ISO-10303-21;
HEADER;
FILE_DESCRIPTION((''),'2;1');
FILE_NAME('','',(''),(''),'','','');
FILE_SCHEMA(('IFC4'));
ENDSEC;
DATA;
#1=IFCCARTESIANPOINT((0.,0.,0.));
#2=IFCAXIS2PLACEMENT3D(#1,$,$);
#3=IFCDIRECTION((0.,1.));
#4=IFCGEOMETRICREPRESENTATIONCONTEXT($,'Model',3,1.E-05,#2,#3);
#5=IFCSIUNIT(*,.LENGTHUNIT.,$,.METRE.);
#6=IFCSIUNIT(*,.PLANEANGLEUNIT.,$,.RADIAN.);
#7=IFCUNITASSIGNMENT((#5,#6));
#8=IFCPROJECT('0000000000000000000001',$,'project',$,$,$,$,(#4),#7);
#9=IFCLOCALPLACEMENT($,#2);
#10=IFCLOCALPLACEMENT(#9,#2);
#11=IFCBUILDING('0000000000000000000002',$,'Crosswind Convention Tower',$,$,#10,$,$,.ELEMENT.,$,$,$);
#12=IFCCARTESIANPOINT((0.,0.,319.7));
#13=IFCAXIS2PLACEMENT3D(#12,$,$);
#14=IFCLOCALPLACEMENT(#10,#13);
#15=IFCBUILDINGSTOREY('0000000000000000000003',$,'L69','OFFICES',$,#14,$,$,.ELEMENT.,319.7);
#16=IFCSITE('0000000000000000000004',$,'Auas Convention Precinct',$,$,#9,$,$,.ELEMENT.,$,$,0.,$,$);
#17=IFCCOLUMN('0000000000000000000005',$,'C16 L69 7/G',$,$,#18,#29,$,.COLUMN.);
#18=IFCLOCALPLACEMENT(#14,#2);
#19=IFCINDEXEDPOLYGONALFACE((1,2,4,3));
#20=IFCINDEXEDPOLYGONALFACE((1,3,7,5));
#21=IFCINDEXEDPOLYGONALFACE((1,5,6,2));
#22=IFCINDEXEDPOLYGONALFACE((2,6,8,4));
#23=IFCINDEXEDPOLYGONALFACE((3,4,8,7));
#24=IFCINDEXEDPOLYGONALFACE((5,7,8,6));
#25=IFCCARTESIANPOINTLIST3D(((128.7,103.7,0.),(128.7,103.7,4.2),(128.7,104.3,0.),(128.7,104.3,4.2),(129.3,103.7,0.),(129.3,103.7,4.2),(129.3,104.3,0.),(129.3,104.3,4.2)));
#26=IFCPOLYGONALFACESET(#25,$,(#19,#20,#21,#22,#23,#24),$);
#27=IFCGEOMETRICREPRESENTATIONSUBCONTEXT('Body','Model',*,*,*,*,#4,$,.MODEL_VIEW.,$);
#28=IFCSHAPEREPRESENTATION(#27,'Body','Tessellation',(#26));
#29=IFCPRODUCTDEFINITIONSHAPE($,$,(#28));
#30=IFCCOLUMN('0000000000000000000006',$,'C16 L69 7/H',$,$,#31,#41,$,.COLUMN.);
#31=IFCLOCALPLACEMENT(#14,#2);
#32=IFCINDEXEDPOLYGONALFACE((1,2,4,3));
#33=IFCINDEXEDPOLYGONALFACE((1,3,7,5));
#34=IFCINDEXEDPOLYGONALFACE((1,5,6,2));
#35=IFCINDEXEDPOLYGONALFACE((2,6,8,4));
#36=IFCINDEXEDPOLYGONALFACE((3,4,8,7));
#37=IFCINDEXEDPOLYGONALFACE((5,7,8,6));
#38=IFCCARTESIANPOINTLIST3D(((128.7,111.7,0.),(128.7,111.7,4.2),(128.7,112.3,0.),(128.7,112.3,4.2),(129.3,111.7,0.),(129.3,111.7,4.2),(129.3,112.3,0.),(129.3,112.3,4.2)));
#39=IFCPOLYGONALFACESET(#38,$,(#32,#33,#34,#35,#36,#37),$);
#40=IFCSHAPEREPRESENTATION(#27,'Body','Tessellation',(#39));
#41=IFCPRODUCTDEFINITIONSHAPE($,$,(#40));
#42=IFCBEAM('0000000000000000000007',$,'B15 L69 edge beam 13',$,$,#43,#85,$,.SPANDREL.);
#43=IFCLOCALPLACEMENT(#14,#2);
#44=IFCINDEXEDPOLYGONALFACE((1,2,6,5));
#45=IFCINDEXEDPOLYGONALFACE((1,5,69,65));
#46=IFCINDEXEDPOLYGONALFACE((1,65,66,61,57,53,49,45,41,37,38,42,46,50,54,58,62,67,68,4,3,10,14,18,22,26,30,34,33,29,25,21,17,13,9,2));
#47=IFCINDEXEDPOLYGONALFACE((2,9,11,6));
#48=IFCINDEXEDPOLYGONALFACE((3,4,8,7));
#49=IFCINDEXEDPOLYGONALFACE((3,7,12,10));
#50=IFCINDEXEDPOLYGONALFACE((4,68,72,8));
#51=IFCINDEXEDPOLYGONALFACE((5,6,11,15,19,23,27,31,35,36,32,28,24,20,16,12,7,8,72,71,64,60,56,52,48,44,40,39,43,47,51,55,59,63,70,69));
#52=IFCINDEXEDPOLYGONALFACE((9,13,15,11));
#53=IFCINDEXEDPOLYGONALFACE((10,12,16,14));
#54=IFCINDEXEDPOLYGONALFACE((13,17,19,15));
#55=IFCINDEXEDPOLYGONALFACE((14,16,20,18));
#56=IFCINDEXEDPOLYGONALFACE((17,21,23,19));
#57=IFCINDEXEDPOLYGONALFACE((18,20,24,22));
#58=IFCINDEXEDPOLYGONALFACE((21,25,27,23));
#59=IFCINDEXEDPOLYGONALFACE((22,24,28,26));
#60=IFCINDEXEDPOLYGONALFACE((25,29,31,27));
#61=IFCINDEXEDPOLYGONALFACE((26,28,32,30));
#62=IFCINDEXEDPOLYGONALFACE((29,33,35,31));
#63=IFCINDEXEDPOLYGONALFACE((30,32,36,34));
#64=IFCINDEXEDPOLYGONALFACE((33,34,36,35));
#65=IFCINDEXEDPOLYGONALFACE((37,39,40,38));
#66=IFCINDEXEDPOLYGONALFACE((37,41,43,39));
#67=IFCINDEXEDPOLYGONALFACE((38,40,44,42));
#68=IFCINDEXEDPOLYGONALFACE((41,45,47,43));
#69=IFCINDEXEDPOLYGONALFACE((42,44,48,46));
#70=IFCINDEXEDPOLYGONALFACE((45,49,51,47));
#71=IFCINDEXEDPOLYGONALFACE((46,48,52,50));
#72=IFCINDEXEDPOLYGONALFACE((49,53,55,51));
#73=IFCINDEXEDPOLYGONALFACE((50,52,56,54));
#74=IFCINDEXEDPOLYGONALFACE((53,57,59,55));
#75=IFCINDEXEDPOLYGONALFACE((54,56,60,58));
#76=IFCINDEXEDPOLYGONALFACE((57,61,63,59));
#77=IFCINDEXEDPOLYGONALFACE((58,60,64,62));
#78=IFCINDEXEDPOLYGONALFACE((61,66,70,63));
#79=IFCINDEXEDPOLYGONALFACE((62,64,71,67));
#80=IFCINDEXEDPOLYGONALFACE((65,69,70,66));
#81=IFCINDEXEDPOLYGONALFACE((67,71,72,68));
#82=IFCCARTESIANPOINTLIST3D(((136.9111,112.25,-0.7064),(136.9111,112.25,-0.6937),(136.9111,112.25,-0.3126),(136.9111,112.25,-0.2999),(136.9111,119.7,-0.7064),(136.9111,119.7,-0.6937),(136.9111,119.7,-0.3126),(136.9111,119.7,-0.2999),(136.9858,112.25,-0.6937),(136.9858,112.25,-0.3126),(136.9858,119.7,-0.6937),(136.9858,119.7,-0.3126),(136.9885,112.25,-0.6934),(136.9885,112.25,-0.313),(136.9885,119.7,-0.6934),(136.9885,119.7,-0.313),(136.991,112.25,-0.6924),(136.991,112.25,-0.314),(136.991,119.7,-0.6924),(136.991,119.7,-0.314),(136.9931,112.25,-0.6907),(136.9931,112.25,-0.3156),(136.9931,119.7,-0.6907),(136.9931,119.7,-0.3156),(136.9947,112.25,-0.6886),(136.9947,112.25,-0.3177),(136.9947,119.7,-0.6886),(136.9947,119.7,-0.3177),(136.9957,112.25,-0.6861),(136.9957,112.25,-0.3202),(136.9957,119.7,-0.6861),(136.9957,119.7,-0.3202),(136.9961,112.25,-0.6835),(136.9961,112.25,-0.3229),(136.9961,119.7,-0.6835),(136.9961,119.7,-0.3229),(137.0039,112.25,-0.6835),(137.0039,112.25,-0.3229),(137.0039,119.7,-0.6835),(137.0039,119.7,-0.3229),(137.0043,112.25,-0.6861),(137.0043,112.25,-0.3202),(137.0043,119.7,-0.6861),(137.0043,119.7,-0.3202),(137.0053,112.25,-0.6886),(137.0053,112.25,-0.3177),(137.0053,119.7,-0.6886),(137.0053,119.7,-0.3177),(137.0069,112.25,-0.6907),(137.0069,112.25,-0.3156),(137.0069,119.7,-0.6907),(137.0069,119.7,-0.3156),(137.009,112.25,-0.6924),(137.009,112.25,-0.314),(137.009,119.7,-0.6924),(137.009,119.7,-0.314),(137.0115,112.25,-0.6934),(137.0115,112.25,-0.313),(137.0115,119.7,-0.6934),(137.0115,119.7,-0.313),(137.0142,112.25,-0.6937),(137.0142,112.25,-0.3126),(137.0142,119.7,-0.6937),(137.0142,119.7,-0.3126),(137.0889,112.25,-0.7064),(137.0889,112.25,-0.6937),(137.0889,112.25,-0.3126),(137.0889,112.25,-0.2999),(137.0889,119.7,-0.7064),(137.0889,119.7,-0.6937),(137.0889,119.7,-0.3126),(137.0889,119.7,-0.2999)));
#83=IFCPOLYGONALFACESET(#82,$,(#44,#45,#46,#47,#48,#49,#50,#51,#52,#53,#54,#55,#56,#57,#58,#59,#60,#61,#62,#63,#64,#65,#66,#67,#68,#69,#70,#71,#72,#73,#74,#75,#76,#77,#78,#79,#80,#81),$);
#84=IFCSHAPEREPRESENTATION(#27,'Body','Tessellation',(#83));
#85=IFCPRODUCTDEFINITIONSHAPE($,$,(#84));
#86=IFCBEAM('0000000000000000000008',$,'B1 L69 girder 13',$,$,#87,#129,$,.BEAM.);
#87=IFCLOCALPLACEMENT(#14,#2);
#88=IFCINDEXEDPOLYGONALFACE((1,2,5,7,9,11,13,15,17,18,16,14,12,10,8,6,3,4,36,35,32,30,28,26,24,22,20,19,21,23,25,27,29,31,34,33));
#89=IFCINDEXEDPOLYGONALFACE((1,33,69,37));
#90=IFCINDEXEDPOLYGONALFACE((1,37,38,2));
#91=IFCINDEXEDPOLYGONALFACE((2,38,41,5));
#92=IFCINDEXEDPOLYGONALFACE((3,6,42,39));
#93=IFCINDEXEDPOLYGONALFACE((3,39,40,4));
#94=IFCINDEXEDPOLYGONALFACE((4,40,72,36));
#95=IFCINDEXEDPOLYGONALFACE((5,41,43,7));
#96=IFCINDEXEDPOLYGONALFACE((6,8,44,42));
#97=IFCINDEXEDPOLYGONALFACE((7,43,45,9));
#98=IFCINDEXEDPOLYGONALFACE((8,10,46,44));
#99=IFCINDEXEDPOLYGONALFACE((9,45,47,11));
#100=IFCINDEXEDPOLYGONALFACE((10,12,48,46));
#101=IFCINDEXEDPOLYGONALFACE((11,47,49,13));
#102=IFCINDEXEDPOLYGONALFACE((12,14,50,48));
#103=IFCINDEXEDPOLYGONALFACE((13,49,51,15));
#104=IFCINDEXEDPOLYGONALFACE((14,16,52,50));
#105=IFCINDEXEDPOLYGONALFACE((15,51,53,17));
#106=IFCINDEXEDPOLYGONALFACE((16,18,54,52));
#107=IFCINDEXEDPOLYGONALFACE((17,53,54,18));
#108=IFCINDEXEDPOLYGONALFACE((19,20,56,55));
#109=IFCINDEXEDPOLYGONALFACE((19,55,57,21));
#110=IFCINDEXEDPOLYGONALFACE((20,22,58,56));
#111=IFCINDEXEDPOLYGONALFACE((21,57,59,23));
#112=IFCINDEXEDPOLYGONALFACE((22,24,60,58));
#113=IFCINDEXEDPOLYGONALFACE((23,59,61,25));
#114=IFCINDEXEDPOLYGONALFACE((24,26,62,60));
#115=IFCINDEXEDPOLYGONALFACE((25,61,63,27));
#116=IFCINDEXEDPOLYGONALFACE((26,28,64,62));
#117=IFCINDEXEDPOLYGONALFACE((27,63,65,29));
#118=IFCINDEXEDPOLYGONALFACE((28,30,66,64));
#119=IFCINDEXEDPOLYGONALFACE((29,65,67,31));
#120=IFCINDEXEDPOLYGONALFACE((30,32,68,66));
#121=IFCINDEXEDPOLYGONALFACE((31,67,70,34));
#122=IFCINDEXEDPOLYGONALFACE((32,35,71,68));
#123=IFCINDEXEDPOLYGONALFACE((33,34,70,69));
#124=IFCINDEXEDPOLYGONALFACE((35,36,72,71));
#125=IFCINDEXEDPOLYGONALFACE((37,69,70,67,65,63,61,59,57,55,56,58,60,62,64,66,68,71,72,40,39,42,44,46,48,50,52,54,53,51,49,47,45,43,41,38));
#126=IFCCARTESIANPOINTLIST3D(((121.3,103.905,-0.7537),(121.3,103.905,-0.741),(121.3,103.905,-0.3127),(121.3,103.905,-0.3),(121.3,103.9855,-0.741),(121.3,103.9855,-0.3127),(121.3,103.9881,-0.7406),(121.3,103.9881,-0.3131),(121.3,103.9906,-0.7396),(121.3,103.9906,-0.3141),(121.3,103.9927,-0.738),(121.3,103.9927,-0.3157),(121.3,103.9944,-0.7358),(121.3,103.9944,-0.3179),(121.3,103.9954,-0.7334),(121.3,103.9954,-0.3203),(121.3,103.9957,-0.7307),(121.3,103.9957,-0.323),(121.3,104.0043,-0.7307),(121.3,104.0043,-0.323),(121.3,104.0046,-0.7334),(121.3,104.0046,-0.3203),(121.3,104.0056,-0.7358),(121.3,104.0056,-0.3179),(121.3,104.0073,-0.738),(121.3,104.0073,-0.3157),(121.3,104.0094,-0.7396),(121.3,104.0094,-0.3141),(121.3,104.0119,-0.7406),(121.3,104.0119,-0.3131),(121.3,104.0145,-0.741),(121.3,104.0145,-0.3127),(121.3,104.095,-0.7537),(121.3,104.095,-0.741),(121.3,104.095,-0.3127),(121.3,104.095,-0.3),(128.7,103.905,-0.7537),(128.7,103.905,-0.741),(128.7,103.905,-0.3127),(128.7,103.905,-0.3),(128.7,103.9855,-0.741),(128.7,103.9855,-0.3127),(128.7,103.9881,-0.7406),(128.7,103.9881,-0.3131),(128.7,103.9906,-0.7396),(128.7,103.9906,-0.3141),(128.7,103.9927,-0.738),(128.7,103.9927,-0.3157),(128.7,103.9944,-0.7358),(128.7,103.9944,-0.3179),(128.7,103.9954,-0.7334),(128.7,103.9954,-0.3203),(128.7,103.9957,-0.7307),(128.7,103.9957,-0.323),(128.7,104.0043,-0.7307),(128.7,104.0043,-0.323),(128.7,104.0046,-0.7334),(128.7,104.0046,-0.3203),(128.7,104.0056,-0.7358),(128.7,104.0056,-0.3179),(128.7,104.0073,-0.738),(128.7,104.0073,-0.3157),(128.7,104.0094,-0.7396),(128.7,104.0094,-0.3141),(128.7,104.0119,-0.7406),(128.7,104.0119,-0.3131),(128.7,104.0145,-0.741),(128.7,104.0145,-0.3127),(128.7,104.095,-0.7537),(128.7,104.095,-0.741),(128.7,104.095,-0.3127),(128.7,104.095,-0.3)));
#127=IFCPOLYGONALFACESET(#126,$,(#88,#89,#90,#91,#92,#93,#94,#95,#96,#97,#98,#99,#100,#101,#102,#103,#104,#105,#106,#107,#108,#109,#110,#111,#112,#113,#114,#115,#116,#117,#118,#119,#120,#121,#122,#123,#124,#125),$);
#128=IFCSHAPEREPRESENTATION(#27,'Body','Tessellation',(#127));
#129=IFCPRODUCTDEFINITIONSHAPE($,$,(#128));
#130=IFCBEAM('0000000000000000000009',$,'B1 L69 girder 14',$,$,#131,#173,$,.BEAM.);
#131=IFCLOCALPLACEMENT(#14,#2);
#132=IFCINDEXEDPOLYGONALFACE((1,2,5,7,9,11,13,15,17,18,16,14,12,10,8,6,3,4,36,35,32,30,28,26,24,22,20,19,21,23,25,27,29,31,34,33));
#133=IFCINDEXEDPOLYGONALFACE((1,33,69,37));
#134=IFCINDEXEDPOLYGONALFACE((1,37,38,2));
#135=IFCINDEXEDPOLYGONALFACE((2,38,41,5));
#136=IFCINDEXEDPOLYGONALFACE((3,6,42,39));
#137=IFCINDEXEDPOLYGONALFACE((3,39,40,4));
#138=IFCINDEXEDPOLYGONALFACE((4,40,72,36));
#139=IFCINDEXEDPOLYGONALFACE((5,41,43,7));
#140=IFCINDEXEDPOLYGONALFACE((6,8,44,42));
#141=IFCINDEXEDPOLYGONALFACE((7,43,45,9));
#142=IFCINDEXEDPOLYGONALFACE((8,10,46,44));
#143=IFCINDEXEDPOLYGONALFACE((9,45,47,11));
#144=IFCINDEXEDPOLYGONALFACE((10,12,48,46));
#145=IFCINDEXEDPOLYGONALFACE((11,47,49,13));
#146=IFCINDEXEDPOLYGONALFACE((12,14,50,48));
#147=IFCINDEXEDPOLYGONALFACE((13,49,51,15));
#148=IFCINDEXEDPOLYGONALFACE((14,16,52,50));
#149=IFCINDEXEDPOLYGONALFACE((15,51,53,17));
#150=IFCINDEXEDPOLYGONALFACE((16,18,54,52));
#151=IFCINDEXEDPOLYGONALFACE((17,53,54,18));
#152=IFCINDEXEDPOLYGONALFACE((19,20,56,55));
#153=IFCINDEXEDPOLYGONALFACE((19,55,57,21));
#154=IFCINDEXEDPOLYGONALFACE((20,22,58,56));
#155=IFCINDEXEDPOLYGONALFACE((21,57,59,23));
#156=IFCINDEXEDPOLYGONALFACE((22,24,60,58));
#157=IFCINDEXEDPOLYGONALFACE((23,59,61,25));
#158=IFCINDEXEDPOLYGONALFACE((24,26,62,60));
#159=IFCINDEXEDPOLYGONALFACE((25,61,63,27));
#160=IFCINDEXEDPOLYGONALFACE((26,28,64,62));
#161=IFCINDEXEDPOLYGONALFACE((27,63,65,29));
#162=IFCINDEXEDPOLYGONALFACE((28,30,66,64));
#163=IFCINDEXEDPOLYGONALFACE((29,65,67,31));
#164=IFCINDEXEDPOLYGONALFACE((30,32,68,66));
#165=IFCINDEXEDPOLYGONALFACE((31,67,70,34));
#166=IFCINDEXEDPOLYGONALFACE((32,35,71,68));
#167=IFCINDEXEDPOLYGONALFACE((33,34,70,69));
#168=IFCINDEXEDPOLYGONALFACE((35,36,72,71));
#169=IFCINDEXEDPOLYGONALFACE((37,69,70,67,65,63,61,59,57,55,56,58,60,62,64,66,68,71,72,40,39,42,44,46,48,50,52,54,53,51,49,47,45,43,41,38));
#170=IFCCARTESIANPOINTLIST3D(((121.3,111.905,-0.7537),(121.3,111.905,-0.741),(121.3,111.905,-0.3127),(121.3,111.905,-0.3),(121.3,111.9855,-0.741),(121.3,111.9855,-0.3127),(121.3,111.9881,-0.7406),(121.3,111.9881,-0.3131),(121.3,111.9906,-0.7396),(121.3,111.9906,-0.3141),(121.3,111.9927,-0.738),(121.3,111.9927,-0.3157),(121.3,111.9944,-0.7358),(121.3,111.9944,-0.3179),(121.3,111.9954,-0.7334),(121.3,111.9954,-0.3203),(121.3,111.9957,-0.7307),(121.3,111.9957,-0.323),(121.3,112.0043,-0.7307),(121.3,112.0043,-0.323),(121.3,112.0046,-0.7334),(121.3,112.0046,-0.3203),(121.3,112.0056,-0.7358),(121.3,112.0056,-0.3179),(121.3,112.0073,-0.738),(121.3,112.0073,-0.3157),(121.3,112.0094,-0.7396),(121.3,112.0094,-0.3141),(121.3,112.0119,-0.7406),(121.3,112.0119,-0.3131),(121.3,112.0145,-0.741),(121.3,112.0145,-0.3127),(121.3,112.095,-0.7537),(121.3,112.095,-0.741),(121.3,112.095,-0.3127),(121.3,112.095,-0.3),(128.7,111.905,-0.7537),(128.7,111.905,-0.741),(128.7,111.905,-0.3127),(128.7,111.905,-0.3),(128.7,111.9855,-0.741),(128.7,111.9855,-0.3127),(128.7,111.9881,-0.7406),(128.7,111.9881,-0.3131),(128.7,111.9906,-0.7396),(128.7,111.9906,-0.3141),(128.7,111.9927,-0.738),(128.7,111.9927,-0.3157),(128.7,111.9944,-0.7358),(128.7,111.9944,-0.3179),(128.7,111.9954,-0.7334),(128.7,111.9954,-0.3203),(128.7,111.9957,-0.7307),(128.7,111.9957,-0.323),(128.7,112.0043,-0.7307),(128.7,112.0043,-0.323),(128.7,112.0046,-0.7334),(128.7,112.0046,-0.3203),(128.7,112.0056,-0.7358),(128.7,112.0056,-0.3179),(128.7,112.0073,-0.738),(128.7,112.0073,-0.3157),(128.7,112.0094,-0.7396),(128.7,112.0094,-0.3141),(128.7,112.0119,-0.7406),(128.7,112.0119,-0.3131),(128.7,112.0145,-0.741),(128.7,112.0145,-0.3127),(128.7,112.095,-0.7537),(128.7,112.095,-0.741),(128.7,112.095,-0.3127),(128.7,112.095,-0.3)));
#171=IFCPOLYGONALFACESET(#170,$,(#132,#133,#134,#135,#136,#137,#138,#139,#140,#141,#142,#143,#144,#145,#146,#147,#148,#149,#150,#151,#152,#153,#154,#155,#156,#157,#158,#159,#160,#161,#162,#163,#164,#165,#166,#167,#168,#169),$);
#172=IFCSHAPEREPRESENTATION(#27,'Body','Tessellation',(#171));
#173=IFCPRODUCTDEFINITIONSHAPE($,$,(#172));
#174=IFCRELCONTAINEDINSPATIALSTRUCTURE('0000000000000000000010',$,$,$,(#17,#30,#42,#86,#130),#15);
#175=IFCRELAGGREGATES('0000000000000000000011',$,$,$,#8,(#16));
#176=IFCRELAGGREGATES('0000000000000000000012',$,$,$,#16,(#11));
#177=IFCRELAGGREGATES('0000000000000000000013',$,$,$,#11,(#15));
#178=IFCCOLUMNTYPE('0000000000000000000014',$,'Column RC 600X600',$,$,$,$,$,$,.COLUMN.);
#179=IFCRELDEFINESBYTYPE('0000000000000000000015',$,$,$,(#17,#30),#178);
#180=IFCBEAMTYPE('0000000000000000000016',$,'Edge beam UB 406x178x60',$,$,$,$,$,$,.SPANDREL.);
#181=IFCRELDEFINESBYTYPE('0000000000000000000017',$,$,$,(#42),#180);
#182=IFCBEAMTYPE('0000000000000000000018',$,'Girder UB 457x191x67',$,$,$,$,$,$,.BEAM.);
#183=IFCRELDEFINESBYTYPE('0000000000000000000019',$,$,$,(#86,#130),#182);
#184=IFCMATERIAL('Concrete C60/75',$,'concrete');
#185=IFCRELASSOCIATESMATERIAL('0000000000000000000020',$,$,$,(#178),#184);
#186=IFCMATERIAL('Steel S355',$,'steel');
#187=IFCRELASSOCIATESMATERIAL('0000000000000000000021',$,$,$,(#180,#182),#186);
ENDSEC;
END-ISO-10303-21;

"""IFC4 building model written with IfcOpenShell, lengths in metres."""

from ifc_helpers import new_model, si_unit, direction, frame, origin, origin_2d, place, context, subcontext, project, spatial, rectangle, i_section, extrude, material, material_profile, profile_set, type_object, element, save


model = new_model("IFC4")

# Units and contexts
model_context = context("Model", 3, precision=1e-05, world=origin(), true_north=direction((0.0, 1.0)))
body_context = subcontext(model_context, "Body", "Model", "MODEL_VIEW")
ifc_project = project(units=[si_unit("LENGTHUNIT", "METRE"), si_unit("PLANEANGLEUNIT", "RADIAN")], contexts=[model_context])

# Site, building, storey
site_placement = place(None, origin())
site = spatial("IfcSite", under=ifc_project, at=site_placement, Name="Auas Convention Precinct", CompositionType="ELEMENT", RefElevation=0.0)
building_placement = place(site_placement, origin())
building = spatial("IfcBuilding", under=site, at=building_placement, Name="Crosswind Convention Tower", CompositionType="ELEMENT")
storey_placement = place(building_placement, frame((0.0, 0.0, 319.7)))
storey = spatial("IfcBuildingStorey", under=building, at=storey_placement, Name="L69", Description="OFFICES", CompositionType="ELEMENT", Elevation=319.7)

# Columns
ifc_material_1 = material(Name="Concrete C60/75", Category="concrete")
ifc_material_profile_1 = material_profile(ifc_material_1, rectangle(XDim=0.6001, YDim=0.6001, at=origin_2d()), Name="RC 600X600")
ifc_profile_set_1 = profile_set([ifc_material_profile_1], Name="Concrete C60/75")
column_type = type_object("IfcColumnType", Name="Column RC 600X600", PredefinedType="COLUMN", material=ifc_profile_set_1)
for number, where, z_axis, x_axis, name in (
    (1, (129.0, 104.0, 0.0), (0.0, 0.0, 1.0), (1.0, 0.0, 0.0), "C16 L69 7/G"),
    (2, (129.0, 112.0, 0.0), (0.0, 0.0, 1.0), (1.0, 0.0, 0.0), "C16 L69 7/H"),
):
    element("IfcColumn", number, at=place(storey_placement, frame(where, z_axis=z_axis, x_axis=x_axis)), inside=storey, type_object=column_type, Name=name, PredefinedType="COLUMN", context=body_context, shape_type="SweptSolid", body=[
        extrude(rectangle(XDim=0.6001, YDim=0.6001, at=origin_2d()), origin(), (0.0, 0.0, 1.0), 4.2),
    ])

# Beams
ifc_material_2 = material(Name="Steel S355", Category="steel")
ifc_material_profile_2 = material_profile(ifc_material_2, i_section(OverallWidth=0.1777, OverallDepth=0.4065, WebThickness=0.0078, FlangeThickness=0.0127, FilletRadius=0.0103, at=origin_2d()), Name="UB 406x178x60")
ifc_profile_set_2 = profile_set([ifc_material_profile_2], Name="Steel S355")
beam_type_1 = type_object("IfcBeamType", Name="Edge beam UB 406x178x60", PredefinedType="SPANDREL", material=ifc_profile_set_2)
beam_placement = place(storey_placement, frame((137.0, 112.25, -0.5032), z_axis=(0.0, 1.0, 0.0), x_axis=(-1.0, 0.0, 0.0)))
element("IfcBeam", 3, at=beam_placement, inside=storey, type_object=beam_type_1, Name="B15 L69 edge beam 13", PredefinedType="SPANDREL", context=body_context, shape_type="SweptSolid", body=[
    extrude(i_section(OverallWidth=0.1777, OverallDepth=0.4065, WebThickness=0.0078, FlangeThickness=0.0127, FilletRadius=0.0103, at=origin_2d()), origin(), (0.0, 0.0, 1.0), 7.45),
])
ifc_material_profile_3 = material_profile(ifc_material_2, i_section(OverallWidth=0.1899, OverallDepth=0.4536, WebThickness=0.0085, FlangeThickness=0.0127, FilletRadius=0.0103, at=origin_2d()), Name="UB 457x191x67")
ifc_profile_set_3 = profile_set([ifc_material_profile_3], Name="Steel S355")
beam_type_2 = type_object("IfcBeamType", Name="Girder UB 457x191x67", PredefinedType="BEAM", material=ifc_profile_set_3)
for number, where, z_axis, x_axis, name in (
    (4, (121.3, 104.0, -0.5269), (1.0, 0.0, 0.0), (0.0, 1.0, 0.0), "B1 L69 girder 13"),
    (5, (121.3, 112.0, -0.5269), (1.0, 0.0, 0.0), (0.0, 1.0, 0.0), "B1 L69 girder 14"),
):
    element("IfcBeam", number, at=place(storey_placement, frame(where, z_axis=z_axis, x_axis=x_axis)), inside=storey, type_object=beam_type_2, Name=name, PredefinedType="BEAM", context=body_context, shape_type="SweptSolid", body=[
        extrude(i_section(OverallWidth=0.1899, OverallDepth=0.4536, WebThickness=0.0085, FlangeThickness=0.0127, FilletRadius=0.0103, at=origin_2d()), origin(), (0.0, 0.0, 1.0), 7.3999),
    ])

save(model, "model.ifc")
